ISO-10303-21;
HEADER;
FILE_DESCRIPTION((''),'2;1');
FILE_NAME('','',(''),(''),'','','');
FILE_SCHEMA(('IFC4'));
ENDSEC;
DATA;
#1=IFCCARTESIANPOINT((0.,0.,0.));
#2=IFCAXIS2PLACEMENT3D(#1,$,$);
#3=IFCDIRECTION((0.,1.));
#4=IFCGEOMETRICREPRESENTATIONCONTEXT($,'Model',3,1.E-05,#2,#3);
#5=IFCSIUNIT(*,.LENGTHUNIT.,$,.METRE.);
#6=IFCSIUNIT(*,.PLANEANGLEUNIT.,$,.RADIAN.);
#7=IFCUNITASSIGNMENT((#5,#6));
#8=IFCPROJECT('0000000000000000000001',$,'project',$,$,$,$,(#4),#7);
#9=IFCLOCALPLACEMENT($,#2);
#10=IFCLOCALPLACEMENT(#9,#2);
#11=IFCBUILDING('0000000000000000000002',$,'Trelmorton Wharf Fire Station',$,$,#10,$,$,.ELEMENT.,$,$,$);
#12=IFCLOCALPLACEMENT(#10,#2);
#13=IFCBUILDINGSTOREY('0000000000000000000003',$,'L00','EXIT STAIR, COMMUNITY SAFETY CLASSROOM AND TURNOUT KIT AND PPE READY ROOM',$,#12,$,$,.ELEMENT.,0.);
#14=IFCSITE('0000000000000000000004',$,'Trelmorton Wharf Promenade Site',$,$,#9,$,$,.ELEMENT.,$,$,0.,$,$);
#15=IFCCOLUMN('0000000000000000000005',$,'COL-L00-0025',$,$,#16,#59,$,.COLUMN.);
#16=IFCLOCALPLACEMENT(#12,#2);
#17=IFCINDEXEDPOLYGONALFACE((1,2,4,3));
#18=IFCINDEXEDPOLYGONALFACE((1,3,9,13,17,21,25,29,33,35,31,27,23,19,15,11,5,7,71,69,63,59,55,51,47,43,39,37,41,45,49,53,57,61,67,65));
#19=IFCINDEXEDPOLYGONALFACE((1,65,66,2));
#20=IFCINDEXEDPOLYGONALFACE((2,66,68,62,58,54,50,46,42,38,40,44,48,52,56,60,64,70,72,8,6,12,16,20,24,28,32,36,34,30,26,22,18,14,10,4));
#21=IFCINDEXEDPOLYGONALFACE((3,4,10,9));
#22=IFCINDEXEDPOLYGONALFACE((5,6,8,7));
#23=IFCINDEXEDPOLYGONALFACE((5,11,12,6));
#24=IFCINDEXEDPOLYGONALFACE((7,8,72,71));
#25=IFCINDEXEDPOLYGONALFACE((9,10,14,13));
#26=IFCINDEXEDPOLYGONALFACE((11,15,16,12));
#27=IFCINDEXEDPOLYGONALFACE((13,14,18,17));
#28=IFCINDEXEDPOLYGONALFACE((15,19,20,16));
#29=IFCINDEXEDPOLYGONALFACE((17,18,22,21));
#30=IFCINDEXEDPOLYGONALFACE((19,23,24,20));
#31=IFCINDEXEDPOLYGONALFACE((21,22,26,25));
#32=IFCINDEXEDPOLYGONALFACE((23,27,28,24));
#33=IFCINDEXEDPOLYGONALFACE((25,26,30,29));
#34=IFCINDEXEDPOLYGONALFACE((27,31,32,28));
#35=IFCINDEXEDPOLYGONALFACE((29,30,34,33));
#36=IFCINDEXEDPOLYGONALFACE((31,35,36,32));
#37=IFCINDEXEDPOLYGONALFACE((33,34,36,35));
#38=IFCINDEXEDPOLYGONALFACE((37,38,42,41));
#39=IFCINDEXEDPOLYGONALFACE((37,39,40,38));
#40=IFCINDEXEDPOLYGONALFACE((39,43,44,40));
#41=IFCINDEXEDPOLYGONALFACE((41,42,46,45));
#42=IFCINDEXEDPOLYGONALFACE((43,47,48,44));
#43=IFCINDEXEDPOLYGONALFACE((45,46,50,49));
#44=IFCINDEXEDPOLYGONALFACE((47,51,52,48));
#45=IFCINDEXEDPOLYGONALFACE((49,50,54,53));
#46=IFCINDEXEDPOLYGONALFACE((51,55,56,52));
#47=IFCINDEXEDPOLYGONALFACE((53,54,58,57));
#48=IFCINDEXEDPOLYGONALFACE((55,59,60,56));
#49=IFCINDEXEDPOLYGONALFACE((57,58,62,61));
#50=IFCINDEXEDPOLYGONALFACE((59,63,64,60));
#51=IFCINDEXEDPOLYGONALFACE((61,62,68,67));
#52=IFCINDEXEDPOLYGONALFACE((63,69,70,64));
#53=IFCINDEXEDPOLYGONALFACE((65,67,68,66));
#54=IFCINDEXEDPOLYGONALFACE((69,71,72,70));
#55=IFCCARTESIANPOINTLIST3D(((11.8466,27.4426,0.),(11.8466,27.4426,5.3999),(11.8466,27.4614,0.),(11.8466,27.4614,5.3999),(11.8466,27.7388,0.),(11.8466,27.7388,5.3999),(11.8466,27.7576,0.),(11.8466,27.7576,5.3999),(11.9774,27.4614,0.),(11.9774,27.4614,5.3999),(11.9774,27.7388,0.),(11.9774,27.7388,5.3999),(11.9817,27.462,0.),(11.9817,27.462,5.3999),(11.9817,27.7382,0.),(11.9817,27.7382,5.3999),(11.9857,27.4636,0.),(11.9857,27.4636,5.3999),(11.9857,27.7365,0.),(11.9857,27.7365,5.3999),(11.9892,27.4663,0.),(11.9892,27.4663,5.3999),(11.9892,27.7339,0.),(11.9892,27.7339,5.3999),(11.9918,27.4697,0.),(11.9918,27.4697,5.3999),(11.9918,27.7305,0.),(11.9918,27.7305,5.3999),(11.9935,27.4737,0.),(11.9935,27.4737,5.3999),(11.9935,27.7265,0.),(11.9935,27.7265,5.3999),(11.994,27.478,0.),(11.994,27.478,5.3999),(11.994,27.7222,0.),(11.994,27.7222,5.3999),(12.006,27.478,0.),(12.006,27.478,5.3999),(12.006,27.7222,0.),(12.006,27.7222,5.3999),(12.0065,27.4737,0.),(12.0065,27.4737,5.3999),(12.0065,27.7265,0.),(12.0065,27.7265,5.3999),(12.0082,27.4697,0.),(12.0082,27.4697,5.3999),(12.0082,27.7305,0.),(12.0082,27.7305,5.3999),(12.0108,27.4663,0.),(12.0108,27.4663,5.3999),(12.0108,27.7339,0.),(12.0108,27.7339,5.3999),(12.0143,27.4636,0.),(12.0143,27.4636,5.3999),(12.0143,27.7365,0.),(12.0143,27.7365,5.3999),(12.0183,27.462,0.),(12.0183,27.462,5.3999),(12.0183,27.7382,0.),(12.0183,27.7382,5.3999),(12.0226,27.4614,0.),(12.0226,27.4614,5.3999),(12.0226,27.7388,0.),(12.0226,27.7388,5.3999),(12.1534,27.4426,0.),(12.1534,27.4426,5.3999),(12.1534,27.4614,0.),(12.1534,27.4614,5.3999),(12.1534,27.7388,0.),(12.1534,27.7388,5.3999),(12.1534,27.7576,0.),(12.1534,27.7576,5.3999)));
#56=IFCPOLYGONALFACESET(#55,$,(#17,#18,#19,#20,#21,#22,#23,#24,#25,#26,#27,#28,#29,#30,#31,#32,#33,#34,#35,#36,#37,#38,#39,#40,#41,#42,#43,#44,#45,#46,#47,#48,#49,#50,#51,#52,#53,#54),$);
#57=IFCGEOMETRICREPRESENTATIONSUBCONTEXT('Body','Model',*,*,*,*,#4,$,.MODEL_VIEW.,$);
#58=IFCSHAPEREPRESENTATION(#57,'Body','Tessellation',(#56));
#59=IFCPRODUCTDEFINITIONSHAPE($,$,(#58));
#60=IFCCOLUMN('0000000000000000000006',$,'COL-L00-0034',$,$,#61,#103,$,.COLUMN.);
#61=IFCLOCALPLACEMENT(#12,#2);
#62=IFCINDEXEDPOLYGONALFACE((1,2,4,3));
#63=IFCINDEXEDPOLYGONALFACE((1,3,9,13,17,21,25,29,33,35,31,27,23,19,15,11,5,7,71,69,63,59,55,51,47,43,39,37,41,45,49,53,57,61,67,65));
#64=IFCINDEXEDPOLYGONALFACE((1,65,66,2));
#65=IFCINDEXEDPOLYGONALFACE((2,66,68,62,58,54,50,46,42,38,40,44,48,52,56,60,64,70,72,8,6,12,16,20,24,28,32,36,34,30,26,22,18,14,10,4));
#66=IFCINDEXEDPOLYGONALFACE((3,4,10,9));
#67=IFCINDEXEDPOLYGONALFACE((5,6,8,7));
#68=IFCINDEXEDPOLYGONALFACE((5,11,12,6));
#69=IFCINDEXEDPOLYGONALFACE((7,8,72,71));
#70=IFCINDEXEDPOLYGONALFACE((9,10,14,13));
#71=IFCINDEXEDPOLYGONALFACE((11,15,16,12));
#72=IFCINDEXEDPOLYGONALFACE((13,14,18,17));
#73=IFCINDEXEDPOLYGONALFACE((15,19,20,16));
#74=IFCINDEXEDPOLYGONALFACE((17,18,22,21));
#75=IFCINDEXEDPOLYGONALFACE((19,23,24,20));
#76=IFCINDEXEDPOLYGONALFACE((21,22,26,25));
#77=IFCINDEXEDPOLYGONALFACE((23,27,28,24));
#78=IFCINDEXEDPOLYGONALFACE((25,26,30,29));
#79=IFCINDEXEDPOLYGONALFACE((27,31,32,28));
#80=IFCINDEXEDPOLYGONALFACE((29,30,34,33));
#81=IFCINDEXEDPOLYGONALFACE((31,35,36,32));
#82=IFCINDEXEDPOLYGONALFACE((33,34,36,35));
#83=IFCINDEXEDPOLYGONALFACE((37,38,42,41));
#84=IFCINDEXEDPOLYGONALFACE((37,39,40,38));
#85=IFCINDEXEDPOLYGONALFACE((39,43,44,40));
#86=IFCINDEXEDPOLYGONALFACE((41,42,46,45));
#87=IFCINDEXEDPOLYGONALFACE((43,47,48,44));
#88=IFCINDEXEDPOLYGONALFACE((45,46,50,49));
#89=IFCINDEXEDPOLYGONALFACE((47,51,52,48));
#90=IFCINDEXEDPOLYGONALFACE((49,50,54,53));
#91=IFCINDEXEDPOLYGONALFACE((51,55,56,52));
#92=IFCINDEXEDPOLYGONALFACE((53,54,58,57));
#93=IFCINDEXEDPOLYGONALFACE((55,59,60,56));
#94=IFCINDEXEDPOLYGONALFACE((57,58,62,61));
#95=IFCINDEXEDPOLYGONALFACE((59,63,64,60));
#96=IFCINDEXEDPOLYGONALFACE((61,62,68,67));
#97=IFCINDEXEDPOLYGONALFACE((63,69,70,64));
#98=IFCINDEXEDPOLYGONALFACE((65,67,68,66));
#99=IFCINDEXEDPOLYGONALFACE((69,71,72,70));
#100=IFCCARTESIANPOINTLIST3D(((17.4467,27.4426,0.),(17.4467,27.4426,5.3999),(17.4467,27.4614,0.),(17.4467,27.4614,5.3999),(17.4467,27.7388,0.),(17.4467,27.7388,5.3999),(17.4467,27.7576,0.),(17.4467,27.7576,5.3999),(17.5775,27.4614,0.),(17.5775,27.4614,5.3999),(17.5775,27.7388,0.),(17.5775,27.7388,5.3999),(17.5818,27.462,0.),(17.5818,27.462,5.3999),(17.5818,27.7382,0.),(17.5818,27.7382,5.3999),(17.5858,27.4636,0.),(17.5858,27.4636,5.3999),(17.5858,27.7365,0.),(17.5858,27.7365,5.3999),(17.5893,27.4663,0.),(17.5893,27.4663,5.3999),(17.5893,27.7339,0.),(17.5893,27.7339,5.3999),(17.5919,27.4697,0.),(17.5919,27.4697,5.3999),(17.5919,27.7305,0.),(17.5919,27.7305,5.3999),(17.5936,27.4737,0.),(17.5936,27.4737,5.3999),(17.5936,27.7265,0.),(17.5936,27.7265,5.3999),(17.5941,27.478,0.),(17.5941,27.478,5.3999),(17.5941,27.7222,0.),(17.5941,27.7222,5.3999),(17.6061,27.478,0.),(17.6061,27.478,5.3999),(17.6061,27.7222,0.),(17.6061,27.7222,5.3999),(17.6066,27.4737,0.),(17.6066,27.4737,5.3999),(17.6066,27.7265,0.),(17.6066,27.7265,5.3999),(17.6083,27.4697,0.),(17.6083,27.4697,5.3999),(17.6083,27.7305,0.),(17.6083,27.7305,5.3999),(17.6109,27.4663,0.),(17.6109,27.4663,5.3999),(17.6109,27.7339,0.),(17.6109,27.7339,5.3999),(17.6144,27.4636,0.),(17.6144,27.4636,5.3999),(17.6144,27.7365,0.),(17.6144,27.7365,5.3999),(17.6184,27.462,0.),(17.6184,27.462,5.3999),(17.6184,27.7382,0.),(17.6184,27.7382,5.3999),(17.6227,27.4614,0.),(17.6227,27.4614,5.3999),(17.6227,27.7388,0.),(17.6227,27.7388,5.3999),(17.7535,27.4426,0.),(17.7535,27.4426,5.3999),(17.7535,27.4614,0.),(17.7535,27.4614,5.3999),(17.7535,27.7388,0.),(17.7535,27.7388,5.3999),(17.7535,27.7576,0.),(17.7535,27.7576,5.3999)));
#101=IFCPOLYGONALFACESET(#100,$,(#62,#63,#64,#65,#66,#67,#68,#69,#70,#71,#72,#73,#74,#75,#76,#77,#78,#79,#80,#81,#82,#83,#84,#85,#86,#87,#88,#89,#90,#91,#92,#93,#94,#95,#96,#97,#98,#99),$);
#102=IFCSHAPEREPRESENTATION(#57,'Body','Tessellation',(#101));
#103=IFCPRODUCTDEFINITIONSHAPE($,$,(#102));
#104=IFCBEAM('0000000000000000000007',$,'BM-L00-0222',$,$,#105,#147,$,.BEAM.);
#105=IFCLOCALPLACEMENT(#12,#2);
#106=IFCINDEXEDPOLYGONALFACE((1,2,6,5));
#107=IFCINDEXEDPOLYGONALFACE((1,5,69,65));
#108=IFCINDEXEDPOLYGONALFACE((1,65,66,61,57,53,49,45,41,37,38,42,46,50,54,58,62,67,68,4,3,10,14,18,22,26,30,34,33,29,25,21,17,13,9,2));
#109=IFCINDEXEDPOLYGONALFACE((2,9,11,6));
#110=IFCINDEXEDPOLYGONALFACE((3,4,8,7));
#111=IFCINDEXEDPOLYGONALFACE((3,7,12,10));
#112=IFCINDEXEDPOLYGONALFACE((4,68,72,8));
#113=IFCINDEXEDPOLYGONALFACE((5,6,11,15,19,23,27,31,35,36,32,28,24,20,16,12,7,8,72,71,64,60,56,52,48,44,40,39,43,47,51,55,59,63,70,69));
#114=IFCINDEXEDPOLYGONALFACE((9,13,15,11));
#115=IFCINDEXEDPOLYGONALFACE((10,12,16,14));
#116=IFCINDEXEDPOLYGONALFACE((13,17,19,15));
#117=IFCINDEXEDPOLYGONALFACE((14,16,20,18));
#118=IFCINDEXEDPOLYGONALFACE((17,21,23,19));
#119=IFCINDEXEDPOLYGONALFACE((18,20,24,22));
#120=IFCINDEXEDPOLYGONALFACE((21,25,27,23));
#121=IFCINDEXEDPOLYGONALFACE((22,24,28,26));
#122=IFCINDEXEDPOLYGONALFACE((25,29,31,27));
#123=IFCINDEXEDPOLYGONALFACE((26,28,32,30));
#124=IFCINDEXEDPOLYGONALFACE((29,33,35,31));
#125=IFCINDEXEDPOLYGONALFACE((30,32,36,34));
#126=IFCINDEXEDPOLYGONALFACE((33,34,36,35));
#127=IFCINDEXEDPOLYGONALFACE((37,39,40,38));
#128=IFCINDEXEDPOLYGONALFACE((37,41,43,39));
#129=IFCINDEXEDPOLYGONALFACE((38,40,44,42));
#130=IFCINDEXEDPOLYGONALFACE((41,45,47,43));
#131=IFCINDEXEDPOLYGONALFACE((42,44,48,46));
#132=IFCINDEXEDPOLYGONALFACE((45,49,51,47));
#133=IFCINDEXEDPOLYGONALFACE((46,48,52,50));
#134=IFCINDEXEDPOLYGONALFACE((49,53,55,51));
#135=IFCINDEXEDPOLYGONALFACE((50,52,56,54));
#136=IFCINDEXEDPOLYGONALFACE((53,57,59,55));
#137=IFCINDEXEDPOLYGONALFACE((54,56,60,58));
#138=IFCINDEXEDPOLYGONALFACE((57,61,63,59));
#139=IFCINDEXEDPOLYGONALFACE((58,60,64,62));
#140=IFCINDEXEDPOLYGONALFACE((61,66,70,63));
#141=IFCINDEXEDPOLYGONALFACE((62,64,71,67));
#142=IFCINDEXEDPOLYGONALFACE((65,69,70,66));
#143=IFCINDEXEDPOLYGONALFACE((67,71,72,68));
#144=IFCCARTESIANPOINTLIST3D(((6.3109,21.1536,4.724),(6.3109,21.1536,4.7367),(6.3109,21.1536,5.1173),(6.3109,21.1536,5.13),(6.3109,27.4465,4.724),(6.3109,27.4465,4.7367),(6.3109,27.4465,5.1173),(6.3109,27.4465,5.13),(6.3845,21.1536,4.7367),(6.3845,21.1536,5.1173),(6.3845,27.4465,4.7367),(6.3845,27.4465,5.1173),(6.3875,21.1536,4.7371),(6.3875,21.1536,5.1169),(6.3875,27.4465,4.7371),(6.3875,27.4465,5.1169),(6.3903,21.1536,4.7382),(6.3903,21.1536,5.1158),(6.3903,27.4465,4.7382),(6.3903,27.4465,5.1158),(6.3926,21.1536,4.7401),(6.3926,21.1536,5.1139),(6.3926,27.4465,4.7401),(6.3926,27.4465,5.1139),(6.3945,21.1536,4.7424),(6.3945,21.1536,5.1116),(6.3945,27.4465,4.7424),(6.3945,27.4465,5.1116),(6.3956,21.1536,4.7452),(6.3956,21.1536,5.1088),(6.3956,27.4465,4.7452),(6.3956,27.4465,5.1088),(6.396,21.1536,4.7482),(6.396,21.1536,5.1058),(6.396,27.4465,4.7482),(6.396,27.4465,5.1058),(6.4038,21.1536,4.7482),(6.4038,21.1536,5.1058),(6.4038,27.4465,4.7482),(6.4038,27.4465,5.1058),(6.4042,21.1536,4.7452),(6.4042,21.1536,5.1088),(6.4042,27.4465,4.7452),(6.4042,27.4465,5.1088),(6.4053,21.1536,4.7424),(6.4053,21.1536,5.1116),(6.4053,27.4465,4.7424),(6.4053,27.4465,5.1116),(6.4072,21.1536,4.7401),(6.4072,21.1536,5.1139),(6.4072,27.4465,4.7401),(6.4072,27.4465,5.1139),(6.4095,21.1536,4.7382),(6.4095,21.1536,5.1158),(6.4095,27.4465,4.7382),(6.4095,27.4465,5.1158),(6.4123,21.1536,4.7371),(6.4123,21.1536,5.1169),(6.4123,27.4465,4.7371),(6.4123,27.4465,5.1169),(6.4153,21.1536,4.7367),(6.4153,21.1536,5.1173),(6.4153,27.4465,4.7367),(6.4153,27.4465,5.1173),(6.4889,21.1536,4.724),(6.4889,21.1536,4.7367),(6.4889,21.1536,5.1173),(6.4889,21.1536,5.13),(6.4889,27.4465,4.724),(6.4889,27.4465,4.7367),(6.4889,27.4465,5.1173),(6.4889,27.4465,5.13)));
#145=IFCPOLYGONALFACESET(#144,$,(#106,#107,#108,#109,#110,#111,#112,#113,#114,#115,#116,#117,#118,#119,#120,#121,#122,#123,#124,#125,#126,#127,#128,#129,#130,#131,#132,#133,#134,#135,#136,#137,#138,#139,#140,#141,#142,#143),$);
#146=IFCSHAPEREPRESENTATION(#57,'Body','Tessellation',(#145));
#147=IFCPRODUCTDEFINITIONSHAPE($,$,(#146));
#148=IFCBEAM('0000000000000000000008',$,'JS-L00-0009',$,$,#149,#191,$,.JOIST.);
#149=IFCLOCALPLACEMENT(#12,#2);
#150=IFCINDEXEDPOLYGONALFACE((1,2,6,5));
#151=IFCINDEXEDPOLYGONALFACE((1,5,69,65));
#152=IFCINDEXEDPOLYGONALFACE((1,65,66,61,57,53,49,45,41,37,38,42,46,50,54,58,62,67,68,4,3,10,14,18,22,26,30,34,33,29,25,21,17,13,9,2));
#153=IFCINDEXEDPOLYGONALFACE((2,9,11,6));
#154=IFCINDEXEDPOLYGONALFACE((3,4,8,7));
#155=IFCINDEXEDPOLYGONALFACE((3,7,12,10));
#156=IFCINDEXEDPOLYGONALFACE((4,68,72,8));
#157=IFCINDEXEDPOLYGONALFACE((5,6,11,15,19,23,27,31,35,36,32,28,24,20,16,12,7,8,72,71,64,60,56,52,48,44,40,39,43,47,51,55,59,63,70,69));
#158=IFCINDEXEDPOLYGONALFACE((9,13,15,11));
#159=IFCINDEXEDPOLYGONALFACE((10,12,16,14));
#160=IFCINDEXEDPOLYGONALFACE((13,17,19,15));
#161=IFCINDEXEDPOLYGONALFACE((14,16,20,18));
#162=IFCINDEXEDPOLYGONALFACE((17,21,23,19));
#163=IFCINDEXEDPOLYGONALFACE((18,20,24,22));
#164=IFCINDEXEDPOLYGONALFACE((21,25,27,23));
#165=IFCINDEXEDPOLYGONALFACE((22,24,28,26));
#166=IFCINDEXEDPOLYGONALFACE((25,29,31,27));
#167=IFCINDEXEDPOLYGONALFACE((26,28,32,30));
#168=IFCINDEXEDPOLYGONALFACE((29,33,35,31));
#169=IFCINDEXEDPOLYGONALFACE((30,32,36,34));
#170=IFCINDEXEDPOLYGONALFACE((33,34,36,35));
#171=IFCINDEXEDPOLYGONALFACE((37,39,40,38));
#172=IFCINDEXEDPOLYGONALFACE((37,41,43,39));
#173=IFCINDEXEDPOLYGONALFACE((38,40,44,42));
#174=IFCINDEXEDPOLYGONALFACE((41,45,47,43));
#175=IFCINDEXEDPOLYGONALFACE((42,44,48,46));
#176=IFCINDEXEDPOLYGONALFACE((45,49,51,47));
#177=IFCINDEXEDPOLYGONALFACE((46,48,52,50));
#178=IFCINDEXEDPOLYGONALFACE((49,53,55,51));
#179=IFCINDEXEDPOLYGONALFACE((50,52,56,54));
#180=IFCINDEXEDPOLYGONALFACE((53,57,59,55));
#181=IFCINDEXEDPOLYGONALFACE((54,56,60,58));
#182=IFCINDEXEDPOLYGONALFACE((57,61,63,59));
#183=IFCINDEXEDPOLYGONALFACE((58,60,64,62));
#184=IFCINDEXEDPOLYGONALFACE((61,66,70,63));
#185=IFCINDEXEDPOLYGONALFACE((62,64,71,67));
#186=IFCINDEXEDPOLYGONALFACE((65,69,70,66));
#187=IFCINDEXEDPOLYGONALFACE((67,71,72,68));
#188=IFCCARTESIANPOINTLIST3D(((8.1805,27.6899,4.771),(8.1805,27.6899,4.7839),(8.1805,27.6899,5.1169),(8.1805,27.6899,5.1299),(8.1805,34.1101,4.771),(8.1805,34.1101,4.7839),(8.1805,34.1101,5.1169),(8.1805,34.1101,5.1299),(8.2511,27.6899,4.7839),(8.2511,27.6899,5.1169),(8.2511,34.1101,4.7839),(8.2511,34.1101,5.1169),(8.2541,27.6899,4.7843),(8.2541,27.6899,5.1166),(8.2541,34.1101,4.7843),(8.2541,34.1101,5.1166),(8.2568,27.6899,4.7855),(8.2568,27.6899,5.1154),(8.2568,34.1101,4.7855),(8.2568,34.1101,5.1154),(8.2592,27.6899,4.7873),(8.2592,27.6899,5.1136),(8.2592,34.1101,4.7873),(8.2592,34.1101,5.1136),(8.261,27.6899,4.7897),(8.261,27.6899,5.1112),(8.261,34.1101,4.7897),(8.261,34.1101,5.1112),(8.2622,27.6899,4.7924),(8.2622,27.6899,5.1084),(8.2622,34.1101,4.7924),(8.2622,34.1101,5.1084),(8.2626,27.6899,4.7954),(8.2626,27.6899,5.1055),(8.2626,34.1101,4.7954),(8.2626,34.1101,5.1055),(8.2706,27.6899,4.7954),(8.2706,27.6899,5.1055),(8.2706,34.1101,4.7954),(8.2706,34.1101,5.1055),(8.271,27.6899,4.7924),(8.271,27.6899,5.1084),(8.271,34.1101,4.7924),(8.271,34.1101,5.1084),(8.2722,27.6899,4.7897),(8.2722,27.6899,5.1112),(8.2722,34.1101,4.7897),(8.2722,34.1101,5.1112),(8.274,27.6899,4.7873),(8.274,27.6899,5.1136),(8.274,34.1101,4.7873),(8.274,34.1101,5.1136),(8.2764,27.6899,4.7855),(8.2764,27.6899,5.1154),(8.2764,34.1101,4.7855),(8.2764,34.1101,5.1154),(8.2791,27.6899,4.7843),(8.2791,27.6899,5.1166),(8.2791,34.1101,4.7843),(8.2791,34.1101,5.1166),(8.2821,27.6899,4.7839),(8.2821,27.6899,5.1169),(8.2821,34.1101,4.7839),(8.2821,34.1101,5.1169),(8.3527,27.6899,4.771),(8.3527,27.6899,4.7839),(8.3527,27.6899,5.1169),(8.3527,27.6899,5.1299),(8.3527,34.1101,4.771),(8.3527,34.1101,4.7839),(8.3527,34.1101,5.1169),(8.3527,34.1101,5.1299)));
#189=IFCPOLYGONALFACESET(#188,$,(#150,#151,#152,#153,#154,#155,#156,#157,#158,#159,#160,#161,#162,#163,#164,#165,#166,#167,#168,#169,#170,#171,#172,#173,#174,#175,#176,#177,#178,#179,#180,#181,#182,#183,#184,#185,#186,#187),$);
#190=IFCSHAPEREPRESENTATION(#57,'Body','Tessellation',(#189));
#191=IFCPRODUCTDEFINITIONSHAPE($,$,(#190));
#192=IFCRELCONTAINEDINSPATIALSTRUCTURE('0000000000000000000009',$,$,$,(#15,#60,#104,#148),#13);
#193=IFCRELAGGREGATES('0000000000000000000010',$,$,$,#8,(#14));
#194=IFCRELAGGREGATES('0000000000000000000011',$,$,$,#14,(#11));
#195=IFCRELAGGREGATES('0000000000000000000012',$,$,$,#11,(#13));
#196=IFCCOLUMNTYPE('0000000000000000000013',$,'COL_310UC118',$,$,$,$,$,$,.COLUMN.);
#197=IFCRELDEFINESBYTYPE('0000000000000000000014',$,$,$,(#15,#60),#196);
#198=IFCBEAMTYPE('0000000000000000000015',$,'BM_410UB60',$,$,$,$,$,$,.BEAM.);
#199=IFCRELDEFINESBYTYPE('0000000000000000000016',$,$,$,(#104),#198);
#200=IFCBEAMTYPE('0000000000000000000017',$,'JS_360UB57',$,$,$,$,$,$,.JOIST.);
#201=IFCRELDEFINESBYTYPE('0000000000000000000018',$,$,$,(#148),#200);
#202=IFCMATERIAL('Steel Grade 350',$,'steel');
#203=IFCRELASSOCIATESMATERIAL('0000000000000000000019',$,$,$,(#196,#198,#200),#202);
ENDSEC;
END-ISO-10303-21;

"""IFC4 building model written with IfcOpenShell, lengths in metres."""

from ifc_helpers import new_model, si_unit, direction, frame, origin, origin_2d, place, context, subcontext, project, spatial, i_section, extrude, material, material_profile, profile_set, type_object, element, save


model = new_model("IFC4")

# Units and contexts
model_context = context("Model", 3, precision=1e-05, world=origin(), true_north=direction((0.0, 1.0)))
body_context = subcontext(model_context, "Body", "Model", "MODEL_VIEW")
ifc_project = project(units=[si_unit("LENGTHUNIT", "METRE"), si_unit("PLANEANGLEUNIT", "RADIAN")], contexts=[model_context])

# Site, building, storey
site_placement = place(None, origin())
site = spatial("IfcSite", under=ifc_project, at=site_placement, Name="Trelmorton Wharf Promenade Site", CompositionType="ELEMENT", RefElevation=0.0)
building_placement = place(site_placement, origin())
building = spatial("IfcBuilding", under=site, at=building_placement, Name="Trelmorton Wharf Fire Station", CompositionType="ELEMENT")
storey_placement = place(building_placement, origin())
storey = spatial("IfcBuildingStorey", under=building, at=storey_placement, Name="L00", Description="EXIT STAIR, COMMUNITY SAFETY CLASSROOM AND TURNOUT KIT AND PPE READY ROOM", CompositionType="ELEMENT", Elevation=0.0)

# Columns
ifc_material_1 = material(Name="Steel Grade 350", Category="steel")
ifc_material_profile_1 = material_profile(ifc_material_1, i_section(OverallWidth=0.3069, OverallDepth=0.3149, WebThickness=0.012, FlangeThickness=0.0188, FilletRadius=0.0166, at=origin_2d()), Name="310UC118")
ifc_profile_set_1 = profile_set([ifc_material_profile_1], Name="Steel Grade 350")
column_type = type_object("IfcColumnType", Name="COL_310UC118", PredefinedType="COLUMN", material=ifc_profile_set_1)
for number, where, z_axis, x_axis, name in (
    (1, (12.0, 27.6001, 0.0), (0.0, 0.0, 1.0), (1.0, 0.0, 0.0), "COL-L00-0025"),
    (2, (17.6001, 27.6001, 0.0), (0.0, 0.0, 1.0), (1.0, 0.0, 0.0), "COL-L00-0034"),
):
    element("IfcColumn", number, at=place(storey_placement, frame(where, z_axis=z_axis, x_axis=x_axis)), inside=storey, type_object=column_type, Name=name, PredefinedType="COLUMN", context=body_context, shape_type="SweptSolid", body=[
        extrude(i_section(OverallWidth=0.3069, OverallDepth=0.3149, WebThickness=0.012, FlangeThickness=0.0188, FilletRadius=0.0166, at=origin_2d()), origin(), (0.0, 0.0, 1.0), 5.3999),
    ])

# Beams
ifc_material_profile_2 = material_profile(ifc_material_1, i_section(OverallWidth=0.178, OverallDepth=0.406, WebThickness=0.0078, FlangeThickness=0.0127, FilletRadius=0.0115, at=origin_2d()), Name="410UB59.7")
ifc_profile_set_2 = profile_set([ifc_material_profile_2], Name="Steel Grade 350")
beam_type_1 = type_object("IfcBeamType", Name="BM_410UB60", PredefinedType="BEAM", material=ifc_profile_set_2)
beam_placement = place(storey_placement, frame((6.3999, 21.1536, 4.927), z_axis=(0.0, 1.0, 0.0), x_axis=(-1.0, 0.0, 0.0)))
element("IfcBeam", 3, at=beam_placement, inside=storey, type_object=beam_type_1, Name="BM-L00-0222", PredefinedType="BEAM", context=body_context, shape_type="SweptSolid", body=[
    extrude(i_section(OverallWidth=0.178, OverallDepth=0.406, WebThickness=0.0078, FlangeThickness=0.0127, FilletRadius=0.0115, at=origin_2d()), origin(), (0.0, 0.0, 1.0), 6.293),
])
ifc_material_profile_3 = material_profile(ifc_material_1, i_section(OverallWidth=0.1721, OverallDepth=0.3589, WebThickness=0.0081, FlangeThickness=0.0129, FilletRadius=0.0115, at=origin_2d()), Name="360UB56.7")
ifc_profile_set_3 = profile_set([ifc_material_profile_3], Name="Steel Grade 350")
beam_type_2 = type_object("IfcBeamType", Name="JS_360UB57", PredefinedType="JOIST", material=ifc_profile_set_3)
for number, where, z_axis, x_axis, name in (
    (4, (8.2666, 27.6899, 4.9504), (0.0, 1.0, 0.0), (-1.0, 0.0, 0.0), "JS-L00-0009"),
):
    element("IfcBeam", number, at=place(storey_placement, frame(where, z_axis=z_axis, x_axis=x_axis)), inside=storey, type_object=beam_type_2, Name=name, PredefinedType="JOIST", context=body_context, shape_type="SweptSolid", body=[
        extrude(i_section(OverallWidth=0.1721, OverallDepth=0.3589, WebThickness=0.0081, FlangeThickness=0.0129, FilletRadius=0.0115, at=origin_2d()), origin(), (0.0, 0.0, 1.0), 6.4202),
    ])

save(model, "model.ifc")
